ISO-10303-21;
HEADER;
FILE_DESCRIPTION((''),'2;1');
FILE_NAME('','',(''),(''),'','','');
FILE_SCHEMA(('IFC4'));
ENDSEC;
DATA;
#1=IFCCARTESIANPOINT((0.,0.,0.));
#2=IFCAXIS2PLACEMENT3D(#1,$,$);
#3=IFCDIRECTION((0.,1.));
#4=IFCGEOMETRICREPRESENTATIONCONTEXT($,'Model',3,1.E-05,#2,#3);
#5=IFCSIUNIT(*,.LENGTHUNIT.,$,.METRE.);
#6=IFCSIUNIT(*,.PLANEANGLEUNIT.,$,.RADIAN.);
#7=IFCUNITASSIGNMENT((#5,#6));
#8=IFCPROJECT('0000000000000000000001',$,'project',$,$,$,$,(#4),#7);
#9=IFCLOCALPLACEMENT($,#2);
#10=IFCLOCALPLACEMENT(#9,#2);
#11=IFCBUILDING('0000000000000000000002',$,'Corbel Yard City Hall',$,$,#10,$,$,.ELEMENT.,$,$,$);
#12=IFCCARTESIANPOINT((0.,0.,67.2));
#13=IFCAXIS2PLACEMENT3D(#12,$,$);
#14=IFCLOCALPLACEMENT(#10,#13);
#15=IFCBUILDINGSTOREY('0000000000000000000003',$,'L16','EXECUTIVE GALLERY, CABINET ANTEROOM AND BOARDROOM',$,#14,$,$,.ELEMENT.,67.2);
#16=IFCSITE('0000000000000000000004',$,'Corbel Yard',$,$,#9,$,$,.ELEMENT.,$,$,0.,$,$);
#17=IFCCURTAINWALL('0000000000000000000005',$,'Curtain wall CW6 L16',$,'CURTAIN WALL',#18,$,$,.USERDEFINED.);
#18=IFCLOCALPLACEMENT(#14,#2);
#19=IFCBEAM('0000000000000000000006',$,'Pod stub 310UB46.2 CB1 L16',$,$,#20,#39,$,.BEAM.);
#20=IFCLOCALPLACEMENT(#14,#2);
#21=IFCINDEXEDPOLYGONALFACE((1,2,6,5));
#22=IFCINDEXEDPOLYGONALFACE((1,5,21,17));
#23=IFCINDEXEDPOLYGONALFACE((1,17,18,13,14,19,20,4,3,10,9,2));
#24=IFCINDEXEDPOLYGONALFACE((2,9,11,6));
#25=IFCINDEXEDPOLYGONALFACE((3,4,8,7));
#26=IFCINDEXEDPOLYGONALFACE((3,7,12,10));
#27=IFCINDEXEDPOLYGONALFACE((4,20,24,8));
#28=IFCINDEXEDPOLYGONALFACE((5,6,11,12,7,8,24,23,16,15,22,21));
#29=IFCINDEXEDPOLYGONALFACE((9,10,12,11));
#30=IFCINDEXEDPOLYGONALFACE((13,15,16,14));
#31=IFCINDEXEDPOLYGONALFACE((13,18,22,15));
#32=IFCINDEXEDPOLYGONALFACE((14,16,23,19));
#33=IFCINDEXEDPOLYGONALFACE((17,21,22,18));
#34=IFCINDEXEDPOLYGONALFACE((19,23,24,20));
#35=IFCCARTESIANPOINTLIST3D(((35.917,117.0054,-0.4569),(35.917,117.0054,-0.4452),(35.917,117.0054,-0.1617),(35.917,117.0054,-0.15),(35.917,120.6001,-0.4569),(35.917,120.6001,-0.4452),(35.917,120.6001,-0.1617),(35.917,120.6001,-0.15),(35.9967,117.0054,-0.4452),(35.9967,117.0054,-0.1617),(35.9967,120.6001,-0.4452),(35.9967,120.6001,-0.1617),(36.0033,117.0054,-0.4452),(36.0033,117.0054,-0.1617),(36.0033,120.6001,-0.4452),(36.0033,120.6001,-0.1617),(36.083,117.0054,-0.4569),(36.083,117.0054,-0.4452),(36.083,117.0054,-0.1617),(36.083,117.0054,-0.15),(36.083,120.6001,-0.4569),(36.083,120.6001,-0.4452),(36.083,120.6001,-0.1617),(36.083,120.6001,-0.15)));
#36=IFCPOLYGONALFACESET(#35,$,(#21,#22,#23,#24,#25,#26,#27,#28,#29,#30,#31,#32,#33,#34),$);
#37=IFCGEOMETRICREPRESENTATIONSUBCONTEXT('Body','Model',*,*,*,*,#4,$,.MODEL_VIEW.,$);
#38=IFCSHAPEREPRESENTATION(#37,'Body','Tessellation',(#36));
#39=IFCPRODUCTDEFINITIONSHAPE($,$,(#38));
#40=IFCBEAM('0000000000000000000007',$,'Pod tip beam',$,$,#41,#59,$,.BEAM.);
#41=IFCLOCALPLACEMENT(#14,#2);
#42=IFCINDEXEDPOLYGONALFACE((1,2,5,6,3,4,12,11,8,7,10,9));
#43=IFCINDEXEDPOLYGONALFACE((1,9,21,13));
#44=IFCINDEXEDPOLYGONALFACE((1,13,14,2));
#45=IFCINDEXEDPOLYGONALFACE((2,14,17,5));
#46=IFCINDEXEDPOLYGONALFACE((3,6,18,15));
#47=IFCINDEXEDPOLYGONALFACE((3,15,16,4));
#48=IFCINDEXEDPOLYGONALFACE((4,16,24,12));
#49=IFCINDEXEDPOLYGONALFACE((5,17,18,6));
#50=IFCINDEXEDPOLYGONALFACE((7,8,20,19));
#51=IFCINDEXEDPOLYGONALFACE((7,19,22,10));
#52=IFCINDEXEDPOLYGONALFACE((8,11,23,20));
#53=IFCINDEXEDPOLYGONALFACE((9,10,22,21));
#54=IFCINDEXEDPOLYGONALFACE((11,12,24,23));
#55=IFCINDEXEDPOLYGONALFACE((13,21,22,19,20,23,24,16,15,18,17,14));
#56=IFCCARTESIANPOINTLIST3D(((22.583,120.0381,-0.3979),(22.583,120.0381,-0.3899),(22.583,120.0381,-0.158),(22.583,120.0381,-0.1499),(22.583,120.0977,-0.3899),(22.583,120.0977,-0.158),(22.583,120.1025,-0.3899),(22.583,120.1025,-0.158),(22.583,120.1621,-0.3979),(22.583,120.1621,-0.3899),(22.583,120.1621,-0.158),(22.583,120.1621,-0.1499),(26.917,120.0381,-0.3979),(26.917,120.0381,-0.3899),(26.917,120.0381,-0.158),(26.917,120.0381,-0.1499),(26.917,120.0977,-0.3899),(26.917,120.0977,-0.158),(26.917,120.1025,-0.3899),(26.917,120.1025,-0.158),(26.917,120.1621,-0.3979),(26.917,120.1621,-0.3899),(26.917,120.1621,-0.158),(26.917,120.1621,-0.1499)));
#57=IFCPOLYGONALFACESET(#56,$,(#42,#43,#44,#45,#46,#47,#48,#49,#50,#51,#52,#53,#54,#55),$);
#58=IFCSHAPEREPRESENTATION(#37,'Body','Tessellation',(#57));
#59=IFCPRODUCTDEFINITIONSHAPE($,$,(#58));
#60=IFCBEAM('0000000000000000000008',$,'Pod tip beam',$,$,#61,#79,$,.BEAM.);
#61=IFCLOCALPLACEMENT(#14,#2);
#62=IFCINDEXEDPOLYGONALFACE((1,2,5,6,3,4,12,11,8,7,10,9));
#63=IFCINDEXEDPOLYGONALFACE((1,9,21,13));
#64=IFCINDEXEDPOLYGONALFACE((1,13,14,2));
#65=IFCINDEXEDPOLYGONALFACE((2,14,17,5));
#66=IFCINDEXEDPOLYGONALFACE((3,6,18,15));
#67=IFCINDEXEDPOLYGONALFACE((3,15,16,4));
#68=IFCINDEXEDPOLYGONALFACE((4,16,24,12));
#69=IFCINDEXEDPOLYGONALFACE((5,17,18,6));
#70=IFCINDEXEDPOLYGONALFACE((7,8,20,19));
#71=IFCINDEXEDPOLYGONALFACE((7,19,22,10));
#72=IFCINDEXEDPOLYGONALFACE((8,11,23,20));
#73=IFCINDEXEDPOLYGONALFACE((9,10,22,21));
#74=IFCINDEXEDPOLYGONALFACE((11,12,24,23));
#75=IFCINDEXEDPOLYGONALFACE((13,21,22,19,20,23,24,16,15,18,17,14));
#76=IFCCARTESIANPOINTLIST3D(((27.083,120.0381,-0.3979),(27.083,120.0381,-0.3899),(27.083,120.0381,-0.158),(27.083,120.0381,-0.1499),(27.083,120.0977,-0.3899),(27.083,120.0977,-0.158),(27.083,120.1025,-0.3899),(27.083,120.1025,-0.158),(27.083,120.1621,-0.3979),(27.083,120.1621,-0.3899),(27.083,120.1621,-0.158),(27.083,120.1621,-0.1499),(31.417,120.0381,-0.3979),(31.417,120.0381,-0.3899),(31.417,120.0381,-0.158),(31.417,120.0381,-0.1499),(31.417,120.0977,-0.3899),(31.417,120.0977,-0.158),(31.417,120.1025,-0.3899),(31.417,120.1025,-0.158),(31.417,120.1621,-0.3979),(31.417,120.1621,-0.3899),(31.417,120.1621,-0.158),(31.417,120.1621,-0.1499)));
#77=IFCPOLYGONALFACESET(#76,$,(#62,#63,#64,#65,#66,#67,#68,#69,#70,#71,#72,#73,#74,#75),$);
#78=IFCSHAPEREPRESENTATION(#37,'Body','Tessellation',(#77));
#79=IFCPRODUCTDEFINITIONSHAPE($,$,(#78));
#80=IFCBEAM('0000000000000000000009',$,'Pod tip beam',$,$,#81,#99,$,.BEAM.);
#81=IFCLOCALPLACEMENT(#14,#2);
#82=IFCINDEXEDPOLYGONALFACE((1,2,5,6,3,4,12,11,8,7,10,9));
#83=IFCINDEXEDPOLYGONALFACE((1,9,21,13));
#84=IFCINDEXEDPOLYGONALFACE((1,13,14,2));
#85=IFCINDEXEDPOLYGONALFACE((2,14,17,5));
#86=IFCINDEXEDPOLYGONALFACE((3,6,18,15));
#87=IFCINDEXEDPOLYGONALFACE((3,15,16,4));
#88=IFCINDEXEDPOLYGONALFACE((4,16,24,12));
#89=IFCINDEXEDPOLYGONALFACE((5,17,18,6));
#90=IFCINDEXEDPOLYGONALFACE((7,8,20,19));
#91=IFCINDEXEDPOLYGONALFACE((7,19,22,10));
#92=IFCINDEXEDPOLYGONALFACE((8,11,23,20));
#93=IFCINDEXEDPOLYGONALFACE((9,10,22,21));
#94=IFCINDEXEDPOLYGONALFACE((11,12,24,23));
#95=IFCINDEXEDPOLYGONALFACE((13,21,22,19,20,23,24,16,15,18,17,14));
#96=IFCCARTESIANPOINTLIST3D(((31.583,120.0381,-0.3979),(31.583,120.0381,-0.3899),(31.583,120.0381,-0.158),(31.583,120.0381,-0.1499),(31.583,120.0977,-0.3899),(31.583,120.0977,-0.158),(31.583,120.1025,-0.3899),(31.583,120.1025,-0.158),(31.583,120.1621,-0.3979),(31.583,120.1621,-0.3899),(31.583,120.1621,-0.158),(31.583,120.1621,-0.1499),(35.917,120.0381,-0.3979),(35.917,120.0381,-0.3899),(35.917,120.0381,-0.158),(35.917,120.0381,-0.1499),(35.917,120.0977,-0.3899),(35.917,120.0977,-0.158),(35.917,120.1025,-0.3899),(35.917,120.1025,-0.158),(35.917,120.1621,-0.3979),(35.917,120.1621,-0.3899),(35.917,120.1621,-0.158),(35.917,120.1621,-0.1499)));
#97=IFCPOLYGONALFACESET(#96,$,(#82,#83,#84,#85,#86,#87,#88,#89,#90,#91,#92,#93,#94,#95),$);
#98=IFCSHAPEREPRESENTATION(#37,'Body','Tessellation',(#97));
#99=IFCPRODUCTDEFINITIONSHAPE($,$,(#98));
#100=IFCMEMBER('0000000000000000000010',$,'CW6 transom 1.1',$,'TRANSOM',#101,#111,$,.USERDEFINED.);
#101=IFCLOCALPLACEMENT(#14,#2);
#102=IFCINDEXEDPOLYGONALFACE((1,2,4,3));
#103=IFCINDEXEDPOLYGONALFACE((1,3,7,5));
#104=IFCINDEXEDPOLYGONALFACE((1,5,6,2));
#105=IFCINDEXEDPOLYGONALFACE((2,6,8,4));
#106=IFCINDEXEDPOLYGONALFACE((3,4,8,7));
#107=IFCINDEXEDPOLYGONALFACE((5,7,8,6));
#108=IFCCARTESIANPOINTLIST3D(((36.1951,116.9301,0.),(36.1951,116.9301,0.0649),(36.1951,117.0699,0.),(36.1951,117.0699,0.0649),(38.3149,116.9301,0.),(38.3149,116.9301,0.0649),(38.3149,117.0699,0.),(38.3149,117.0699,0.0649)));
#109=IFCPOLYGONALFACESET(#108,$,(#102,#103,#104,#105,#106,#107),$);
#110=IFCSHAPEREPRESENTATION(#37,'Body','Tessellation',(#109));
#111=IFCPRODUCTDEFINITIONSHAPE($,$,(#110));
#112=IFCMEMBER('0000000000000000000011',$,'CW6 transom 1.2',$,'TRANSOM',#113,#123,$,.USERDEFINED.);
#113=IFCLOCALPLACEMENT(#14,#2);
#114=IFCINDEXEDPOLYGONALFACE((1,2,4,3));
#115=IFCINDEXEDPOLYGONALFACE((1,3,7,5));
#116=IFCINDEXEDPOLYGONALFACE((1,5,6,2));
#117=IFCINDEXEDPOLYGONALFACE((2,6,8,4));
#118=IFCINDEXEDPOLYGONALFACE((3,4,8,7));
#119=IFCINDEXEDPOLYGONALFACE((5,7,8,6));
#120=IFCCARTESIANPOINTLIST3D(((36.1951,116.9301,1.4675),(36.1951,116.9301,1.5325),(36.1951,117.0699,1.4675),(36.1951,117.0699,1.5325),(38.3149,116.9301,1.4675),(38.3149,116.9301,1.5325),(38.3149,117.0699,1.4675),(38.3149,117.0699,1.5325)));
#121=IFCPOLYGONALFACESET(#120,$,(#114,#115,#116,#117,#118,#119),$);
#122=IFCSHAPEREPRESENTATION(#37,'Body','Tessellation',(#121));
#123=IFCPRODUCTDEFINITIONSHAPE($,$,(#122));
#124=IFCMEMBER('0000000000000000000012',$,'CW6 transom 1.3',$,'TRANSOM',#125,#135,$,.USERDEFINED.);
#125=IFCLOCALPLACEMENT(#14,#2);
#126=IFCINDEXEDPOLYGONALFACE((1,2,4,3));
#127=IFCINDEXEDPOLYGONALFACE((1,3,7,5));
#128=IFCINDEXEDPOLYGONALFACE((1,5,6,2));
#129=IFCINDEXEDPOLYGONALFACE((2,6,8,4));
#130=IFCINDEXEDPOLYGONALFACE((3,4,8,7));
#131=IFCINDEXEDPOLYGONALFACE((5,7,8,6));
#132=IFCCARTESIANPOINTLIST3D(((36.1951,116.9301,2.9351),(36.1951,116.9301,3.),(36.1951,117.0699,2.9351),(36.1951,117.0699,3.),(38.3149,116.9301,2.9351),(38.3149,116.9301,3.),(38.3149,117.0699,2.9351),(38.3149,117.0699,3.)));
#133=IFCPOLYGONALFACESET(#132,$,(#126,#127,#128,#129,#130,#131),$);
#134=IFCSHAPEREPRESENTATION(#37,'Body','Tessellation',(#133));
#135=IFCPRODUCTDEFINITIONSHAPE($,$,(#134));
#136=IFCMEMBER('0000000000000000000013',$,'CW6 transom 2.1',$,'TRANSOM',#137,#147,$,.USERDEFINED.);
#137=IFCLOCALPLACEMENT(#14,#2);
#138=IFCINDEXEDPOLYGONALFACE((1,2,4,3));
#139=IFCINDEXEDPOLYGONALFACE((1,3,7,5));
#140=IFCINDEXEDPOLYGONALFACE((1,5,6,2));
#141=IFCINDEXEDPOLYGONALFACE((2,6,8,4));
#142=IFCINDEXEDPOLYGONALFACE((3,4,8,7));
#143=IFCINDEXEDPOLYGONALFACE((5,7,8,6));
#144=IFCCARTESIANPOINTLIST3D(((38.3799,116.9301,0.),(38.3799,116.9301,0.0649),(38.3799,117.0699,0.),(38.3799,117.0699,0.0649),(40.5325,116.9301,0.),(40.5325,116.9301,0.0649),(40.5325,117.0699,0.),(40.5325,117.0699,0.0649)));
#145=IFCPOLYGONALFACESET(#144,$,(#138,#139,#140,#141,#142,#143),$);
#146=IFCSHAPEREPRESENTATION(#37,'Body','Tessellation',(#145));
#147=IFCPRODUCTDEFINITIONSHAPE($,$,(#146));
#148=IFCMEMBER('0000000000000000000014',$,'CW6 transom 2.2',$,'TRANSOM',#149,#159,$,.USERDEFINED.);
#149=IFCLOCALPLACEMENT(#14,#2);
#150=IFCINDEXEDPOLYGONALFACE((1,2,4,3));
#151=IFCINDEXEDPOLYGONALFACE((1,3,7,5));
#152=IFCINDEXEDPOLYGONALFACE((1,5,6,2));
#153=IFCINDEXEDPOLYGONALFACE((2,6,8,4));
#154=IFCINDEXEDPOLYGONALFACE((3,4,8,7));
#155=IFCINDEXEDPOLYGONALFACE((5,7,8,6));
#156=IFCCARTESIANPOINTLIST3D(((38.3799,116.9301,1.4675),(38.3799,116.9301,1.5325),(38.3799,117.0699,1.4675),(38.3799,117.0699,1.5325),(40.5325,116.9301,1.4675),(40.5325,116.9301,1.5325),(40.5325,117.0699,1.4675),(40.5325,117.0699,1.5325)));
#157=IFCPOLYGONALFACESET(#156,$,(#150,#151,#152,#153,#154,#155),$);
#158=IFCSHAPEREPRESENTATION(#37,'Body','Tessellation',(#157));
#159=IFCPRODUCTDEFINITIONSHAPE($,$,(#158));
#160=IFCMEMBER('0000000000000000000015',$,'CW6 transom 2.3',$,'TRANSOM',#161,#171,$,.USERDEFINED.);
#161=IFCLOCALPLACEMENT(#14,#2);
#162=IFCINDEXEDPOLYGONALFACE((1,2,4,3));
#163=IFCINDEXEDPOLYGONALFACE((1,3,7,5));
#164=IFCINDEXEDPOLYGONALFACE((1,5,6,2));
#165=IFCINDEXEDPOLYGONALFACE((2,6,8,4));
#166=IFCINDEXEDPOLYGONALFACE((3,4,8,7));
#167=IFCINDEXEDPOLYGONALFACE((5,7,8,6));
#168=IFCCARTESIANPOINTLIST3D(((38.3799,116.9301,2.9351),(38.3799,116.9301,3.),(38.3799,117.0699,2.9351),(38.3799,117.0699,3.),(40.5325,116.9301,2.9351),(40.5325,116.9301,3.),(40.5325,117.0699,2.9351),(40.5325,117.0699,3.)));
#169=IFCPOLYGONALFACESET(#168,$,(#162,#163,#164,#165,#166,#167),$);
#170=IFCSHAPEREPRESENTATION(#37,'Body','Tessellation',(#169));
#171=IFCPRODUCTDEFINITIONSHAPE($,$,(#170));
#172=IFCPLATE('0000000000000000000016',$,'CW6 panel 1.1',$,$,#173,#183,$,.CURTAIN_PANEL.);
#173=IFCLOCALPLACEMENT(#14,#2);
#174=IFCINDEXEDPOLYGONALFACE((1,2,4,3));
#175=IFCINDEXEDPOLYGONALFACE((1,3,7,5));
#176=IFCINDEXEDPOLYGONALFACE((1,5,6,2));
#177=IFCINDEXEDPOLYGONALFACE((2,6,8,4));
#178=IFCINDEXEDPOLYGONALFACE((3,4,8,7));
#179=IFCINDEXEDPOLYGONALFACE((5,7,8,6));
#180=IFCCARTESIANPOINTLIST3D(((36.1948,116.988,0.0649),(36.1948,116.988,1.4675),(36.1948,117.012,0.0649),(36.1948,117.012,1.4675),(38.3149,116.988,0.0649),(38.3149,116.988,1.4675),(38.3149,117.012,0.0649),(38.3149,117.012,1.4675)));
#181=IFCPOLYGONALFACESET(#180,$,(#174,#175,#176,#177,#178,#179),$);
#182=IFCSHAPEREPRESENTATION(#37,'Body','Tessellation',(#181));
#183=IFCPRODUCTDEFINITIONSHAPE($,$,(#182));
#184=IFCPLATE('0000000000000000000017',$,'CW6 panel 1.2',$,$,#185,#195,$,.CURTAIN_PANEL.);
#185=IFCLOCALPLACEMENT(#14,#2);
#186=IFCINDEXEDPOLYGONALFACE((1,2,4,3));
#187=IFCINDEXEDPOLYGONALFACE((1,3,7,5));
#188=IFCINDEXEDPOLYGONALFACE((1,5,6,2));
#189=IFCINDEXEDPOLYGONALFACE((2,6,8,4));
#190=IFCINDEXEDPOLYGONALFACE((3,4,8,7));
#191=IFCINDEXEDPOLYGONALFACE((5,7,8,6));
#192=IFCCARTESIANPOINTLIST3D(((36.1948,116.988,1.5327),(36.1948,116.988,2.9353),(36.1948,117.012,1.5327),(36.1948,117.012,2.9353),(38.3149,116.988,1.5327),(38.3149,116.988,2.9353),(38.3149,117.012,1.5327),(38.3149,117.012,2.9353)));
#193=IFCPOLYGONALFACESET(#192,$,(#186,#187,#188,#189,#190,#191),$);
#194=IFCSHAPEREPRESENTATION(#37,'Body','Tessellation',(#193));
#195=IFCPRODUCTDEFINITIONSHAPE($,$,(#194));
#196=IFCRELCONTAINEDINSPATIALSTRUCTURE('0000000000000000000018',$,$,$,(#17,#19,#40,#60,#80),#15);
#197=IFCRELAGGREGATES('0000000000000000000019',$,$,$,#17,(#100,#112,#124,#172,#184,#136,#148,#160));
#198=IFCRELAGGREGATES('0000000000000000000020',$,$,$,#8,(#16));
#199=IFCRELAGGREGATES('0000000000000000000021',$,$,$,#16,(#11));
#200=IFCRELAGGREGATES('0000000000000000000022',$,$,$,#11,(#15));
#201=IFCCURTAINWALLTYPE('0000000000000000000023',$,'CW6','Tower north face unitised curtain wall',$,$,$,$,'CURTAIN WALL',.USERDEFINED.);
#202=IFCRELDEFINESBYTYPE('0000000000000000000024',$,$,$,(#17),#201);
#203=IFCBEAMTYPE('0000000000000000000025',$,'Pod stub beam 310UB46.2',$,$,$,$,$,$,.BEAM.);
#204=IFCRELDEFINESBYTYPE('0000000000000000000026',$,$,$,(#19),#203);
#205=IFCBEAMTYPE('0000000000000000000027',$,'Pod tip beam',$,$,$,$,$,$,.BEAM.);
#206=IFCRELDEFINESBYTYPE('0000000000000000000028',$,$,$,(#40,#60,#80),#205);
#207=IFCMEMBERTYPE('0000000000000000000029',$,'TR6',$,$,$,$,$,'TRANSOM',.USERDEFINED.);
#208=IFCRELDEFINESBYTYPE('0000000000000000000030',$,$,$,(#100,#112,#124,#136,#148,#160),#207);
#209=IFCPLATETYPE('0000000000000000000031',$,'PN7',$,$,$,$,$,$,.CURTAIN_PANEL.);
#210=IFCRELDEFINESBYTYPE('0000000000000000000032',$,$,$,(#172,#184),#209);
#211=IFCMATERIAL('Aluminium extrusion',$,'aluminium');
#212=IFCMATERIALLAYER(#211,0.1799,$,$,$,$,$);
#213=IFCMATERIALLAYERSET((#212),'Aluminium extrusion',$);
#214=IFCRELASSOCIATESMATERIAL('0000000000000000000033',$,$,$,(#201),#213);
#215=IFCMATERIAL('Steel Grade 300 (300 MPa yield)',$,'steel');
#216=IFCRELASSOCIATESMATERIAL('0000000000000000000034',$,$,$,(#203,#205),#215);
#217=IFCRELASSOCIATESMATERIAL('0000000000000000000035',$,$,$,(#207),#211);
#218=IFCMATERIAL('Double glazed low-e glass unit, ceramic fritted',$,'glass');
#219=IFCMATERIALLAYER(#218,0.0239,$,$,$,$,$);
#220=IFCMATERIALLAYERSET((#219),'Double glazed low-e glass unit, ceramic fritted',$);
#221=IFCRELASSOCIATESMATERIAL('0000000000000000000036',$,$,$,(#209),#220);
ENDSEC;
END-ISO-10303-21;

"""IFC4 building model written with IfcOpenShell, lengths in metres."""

from ifc_helpers import new_model, si_unit, direction, frame, origin, origin_2d, place, context, subcontext, project, spatial, rectangle, i_section, extrude, material, layer, layer_set, material_profile, profile_set, type_object, element, aggregate, save


model = new_model("IFC4")

# Units and contexts
model_context = context("Model", 3, precision=1e-05, world=origin(), true_north=direction((0.0, 1.0)))
body_context = subcontext(model_context, "Body", "Model", "MODEL_VIEW")
ifc_project = project(units=[si_unit("LENGTHUNIT", "METRE"), si_unit("PLANEANGLEUNIT", "RADIAN")], contexts=[model_context])

# Site, building, storey
site_placement = place(None, origin())
site = spatial("IfcSite", under=ifc_project, at=site_placement, Name="Corbel Yard", CompositionType="ELEMENT", RefElevation=0.0)
building_placement = place(site_placement, origin())
building = spatial("IfcBuilding", under=site, at=building_placement, Name="Corbel Yard City Hall", CompositionType="ELEMENT")
storey_placement = place(building_placement, frame((0.0, 0.0, 67.2)))
storey = spatial("IfcBuildingStorey", under=building, at=storey_placement, Name="L16", Description="EXECUTIVE GALLERY, CABINET ANTEROOM AND BOARDROOM", CompositionType="ELEMENT", Elevation=67.2)

# Shared definitions
ifc_material_1 = material(Name="Steel Grade 300 (300 MPa yield)", Category="steel")

# Curtain wall
ifc_material_2 = material(Name="Aluminium extrusion", Category="aluminium")
ifc_layer_1 = layer(ifc_material_2, 0.1799)
ifc_layer_set_1 = layer_set([ifc_layer_1], Name="Aluminium extrusion")
curtain_wall_type = type_object("IfcCurtainWallType", Name="CW6", Description="Tower north face unitised curtain wall", ElementType="CURTAIN WALL", PredefinedType="USERDEFINED", material=ifc_layer_set_1)
curtain_wall_placement = place(storey_placement, origin())
curtain_wall = element("IfcCurtainWall", 1, at=curtain_wall_placement, inside=storey, type_object=curtain_wall_type, Name="Curtain wall CW6 L16", ObjectType="CURTAIN WALL", PredefinedType="USERDEFINED")

# Beams
ifc_material_profile_1 = material_profile(ifc_material_1, i_section(OverallWidth=0.166, OverallDepth=0.3069, WebThickness=0.0066, FlangeThickness=0.0117, at=origin_2d()), Name="310UB46.2")
ifc_profile_set_1 = profile_set([ifc_material_profile_1], Name="Steel Grade 300 (300 MPa yield)")
beam_type_1 = type_object("IfcBeamType", Name="Pod stub beam 310UB46.2", PredefinedType="BEAM", material=ifc_profile_set_1)
beam_1_placement = place(storey_placement, frame((36.0, 117.0054, -0.3035), z_axis=(0.0, 1.0, 0.0), x_axis=(-1.0, 0.0, 0.0)))
element("IfcBeam", 2, at=beam_1_placement, inside=storey, type_object=beam_type_1, Name="Pod stub 310UB46.2 CB1 L16", PredefinedType="BEAM", context=body_context, shape_type="SweptSolid", body=[
    extrude(i_section(OverallWidth=0.166, OverallDepth=0.3069, WebThickness=0.0066, FlangeThickness=0.0117, at=origin_2d()), origin(), (0.0, 0.0, 1.0), 3.5947),
])
ifc_material_profile_2 = material_profile(ifc_material_1, i_section(OverallWidth=0.124, OverallDepth=0.248, WebThickness=0.0049, FlangeThickness=0.0081, at=origin_2d()), Name="250UB25.7")
ifc_profile_set_2 = profile_set([ifc_material_profile_2], Name="Steel Grade 300 (300 MPa yield)")
beam_type_2 = type_object("IfcBeamType", Name="Pod tip beam", PredefinedType="BEAM", material=ifc_profile_set_2)
for number, where, z_axis, x_axis, name in (
    (3, (22.583, 120.1001, -0.2739), (1.0, 0.0, 0.0), (0.0, 1.0, 0.0), "Pod tip beam"),
    (4, (27.083, 120.1001, -0.2739), (1.0, 0.0, 0.0), (0.0, 1.0, 0.0), "Pod tip beam"),
    (5, (31.583, 120.1001, -0.2739), (1.0, 0.0, 0.0), (0.0, 1.0, 0.0), "Pod tip beam"),
):
    element("IfcBeam", number, at=place(storey_placement, frame(where, z_axis=z_axis, x_axis=x_axis)), inside=storey, type_object=beam_type_2, Name=name, PredefinedType="BEAM", context=body_context, shape_type="SweptSolid", body=[
        extrude(i_section(OverallWidth=0.124, OverallDepth=0.248, WebThickness=0.0049, FlangeThickness=0.0081, at=origin_2d()), origin(), (0.0, 0.0, 1.0), 4.334),
    ])

# Members
ifc_material_profile_3 = material_profile(ifc_material_2, rectangle(XDim=0.1399, YDim=0.0649, at=origin_2d()), Name="140x65")
ifc_profile_set_3 = profile_set([ifc_material_profile_3], Name="Aluminium extrusion")
member_type_1 = type_object("IfcMemberType", Name="TR6", ElementType="TRANSOM", PredefinedType="USERDEFINED", material=ifc_profile_set_3)
member_1_placement = place(storey_placement, frame((36.1951, 117.0, 0.0325), z_axis=(1.0, 0.0, 0.0), x_axis=(0.0, 1.0, 0.0)))
member_1 = element("IfcMember", 6, at=member_1_placement, type_object=member_type_1, Name="CW6 transom 1.1", ObjectType="TRANSOM", PredefinedType="USERDEFINED", context=body_context, shape_type="SweptSolid", body=[
    extrude(rectangle(XDim=0.1399, YDim=0.0649, at=origin_2d()), origin(), (0.0, 0.0, 1.0), 2.1199),
])
member_2_placement = place(storey_placement, frame((36.1951, 117.0, 1.5), z_axis=(1.0, 0.0, 0.0), x_axis=(0.0, 1.0, 0.0)))
member_2 = element("IfcMember", 7, at=member_2_placement, type_object=member_type_1, Name="CW6 transom 1.2", ObjectType="TRANSOM", PredefinedType="USERDEFINED", context=body_context, shape_type="SweptSolid", body=[
    extrude(rectangle(XDim=0.1399, YDim=0.0649, at=origin_2d()), origin(), (0.0, 0.0, 1.0), 2.1199),
])
member_3_placement = place(storey_placement, frame((36.1951, 117.0, 2.9675), z_axis=(1.0, 0.0, 0.0), x_axis=(0.0, 1.0, 0.0)))
member_3 = element("IfcMember", 8, at=member_3_placement, type_object=member_type_1, Name="CW6 transom 1.3", ObjectType="TRANSOM", PredefinedType="USERDEFINED", context=body_context, shape_type="SweptSolid", body=[
    extrude(rectangle(XDim=0.1399, YDim=0.0649, at=origin_2d()), origin(), (0.0, 0.0, 1.0), 2.1199),
])
member_4_placement = place(storey_placement, frame((38.3799, 117.0, 0.0325), z_axis=(1.0, 0.0, 0.0), x_axis=(0.0, 1.0, 0.0)))
member_4 = element("IfcMember", 9, at=member_4_placement, type_object=member_type_1, Name="CW6 transom 2.1", ObjectType="TRANSOM", PredefinedType="USERDEFINED", context=body_context, shape_type="SweptSolid", body=[
    extrude(rectangle(XDim=0.1399, YDim=0.0649, at=origin_2d()), origin(), (0.0, 0.0, 1.0), 2.1526),
])
member_5_placement = place(storey_placement, frame((38.3799, 117.0, 1.5), z_axis=(1.0, 0.0, 0.0), x_axis=(0.0, 1.0, 0.0)))
member_5 = element("IfcMember", 10, at=member_5_placement, type_object=member_type_1, Name="CW6 transom 2.2", ObjectType="TRANSOM", PredefinedType="USERDEFINED", context=body_context, shape_type="SweptSolid", body=[
    extrude(rectangle(XDim=0.1399, YDim=0.0649, at=origin_2d()), origin(), (0.0, 0.0, 1.0), 2.1526),
])
member_6_placement = place(storey_placement, frame((38.3799, 117.0, 2.9675), z_axis=(1.0, 0.0, 0.0), x_axis=(0.0, 1.0, 0.0)))
member_6 = element("IfcMember", 11, at=member_6_placement, type_object=member_type_1, Name="CW6 transom 2.3", ObjectType="TRANSOM", PredefinedType="USERDEFINED", context=body_context, shape_type="SweptSolid", body=[
    extrude(rectangle(XDim=0.1399, YDim=0.0649, at=origin_2d()), origin(), (0.0, 0.0, 1.0), 2.1526),
])

# Plates
ifc_material_3 = material(Name="Double glazed low-e glass unit, ceramic fritted", Category="glass")
ifc_layer_2 = layer(ifc_material_3, 0.0239)
ifc_layer_set_2 = layer_set([ifc_layer_2], Name="Double glazed low-e glass unit, ceramic fritted")
plate_type = type_object("IfcPlateType", Name="PN7", PredefinedType="CURTAIN_PANEL", material=ifc_layer_set_2)
plate_1_placement = place(storey_placement, frame((37.2549, 117.0, 0.0649), z_axis=(0.0, 0.0, 1.0), x_axis=(1.0, 0.0, 0.0)))
plate_1 = element("IfcPlate", 12, at=plate_1_placement, type_object=plate_type, Name="CW6 panel 1.1", PredefinedType="CURTAIN_PANEL", context=body_context, shape_type="SweptSolid", body=[
    extrude(rectangle(XDim=2.1201, YDim=0.0239, at=origin_2d()), origin(), (0.0, 0.0, 1.0), 1.4026),
])
plate_2_placement = place(storey_placement, frame((37.2549, 117.0, 1.5327), z_axis=(0.0, 0.0, 1.0), x_axis=(1.0, 0.0, 0.0)))
plate_2 = element("IfcPlate", 13, at=plate_2_placement, type_object=plate_type, Name="CW6 panel 1.2", PredefinedType="CURTAIN_PANEL", context=body_context, shape_type="SweptSolid", body=[
    extrude(rectangle(XDim=2.1201, YDim=0.0239, at=origin_2d()), origin(), (0.0, 0.0, 1.0), 1.4026),
])
aggregate(curtain_wall, [member_1, member_2, member_3, plate_1, plate_2, member_4, member_5, member_6])

save(model, "model.ifc")
